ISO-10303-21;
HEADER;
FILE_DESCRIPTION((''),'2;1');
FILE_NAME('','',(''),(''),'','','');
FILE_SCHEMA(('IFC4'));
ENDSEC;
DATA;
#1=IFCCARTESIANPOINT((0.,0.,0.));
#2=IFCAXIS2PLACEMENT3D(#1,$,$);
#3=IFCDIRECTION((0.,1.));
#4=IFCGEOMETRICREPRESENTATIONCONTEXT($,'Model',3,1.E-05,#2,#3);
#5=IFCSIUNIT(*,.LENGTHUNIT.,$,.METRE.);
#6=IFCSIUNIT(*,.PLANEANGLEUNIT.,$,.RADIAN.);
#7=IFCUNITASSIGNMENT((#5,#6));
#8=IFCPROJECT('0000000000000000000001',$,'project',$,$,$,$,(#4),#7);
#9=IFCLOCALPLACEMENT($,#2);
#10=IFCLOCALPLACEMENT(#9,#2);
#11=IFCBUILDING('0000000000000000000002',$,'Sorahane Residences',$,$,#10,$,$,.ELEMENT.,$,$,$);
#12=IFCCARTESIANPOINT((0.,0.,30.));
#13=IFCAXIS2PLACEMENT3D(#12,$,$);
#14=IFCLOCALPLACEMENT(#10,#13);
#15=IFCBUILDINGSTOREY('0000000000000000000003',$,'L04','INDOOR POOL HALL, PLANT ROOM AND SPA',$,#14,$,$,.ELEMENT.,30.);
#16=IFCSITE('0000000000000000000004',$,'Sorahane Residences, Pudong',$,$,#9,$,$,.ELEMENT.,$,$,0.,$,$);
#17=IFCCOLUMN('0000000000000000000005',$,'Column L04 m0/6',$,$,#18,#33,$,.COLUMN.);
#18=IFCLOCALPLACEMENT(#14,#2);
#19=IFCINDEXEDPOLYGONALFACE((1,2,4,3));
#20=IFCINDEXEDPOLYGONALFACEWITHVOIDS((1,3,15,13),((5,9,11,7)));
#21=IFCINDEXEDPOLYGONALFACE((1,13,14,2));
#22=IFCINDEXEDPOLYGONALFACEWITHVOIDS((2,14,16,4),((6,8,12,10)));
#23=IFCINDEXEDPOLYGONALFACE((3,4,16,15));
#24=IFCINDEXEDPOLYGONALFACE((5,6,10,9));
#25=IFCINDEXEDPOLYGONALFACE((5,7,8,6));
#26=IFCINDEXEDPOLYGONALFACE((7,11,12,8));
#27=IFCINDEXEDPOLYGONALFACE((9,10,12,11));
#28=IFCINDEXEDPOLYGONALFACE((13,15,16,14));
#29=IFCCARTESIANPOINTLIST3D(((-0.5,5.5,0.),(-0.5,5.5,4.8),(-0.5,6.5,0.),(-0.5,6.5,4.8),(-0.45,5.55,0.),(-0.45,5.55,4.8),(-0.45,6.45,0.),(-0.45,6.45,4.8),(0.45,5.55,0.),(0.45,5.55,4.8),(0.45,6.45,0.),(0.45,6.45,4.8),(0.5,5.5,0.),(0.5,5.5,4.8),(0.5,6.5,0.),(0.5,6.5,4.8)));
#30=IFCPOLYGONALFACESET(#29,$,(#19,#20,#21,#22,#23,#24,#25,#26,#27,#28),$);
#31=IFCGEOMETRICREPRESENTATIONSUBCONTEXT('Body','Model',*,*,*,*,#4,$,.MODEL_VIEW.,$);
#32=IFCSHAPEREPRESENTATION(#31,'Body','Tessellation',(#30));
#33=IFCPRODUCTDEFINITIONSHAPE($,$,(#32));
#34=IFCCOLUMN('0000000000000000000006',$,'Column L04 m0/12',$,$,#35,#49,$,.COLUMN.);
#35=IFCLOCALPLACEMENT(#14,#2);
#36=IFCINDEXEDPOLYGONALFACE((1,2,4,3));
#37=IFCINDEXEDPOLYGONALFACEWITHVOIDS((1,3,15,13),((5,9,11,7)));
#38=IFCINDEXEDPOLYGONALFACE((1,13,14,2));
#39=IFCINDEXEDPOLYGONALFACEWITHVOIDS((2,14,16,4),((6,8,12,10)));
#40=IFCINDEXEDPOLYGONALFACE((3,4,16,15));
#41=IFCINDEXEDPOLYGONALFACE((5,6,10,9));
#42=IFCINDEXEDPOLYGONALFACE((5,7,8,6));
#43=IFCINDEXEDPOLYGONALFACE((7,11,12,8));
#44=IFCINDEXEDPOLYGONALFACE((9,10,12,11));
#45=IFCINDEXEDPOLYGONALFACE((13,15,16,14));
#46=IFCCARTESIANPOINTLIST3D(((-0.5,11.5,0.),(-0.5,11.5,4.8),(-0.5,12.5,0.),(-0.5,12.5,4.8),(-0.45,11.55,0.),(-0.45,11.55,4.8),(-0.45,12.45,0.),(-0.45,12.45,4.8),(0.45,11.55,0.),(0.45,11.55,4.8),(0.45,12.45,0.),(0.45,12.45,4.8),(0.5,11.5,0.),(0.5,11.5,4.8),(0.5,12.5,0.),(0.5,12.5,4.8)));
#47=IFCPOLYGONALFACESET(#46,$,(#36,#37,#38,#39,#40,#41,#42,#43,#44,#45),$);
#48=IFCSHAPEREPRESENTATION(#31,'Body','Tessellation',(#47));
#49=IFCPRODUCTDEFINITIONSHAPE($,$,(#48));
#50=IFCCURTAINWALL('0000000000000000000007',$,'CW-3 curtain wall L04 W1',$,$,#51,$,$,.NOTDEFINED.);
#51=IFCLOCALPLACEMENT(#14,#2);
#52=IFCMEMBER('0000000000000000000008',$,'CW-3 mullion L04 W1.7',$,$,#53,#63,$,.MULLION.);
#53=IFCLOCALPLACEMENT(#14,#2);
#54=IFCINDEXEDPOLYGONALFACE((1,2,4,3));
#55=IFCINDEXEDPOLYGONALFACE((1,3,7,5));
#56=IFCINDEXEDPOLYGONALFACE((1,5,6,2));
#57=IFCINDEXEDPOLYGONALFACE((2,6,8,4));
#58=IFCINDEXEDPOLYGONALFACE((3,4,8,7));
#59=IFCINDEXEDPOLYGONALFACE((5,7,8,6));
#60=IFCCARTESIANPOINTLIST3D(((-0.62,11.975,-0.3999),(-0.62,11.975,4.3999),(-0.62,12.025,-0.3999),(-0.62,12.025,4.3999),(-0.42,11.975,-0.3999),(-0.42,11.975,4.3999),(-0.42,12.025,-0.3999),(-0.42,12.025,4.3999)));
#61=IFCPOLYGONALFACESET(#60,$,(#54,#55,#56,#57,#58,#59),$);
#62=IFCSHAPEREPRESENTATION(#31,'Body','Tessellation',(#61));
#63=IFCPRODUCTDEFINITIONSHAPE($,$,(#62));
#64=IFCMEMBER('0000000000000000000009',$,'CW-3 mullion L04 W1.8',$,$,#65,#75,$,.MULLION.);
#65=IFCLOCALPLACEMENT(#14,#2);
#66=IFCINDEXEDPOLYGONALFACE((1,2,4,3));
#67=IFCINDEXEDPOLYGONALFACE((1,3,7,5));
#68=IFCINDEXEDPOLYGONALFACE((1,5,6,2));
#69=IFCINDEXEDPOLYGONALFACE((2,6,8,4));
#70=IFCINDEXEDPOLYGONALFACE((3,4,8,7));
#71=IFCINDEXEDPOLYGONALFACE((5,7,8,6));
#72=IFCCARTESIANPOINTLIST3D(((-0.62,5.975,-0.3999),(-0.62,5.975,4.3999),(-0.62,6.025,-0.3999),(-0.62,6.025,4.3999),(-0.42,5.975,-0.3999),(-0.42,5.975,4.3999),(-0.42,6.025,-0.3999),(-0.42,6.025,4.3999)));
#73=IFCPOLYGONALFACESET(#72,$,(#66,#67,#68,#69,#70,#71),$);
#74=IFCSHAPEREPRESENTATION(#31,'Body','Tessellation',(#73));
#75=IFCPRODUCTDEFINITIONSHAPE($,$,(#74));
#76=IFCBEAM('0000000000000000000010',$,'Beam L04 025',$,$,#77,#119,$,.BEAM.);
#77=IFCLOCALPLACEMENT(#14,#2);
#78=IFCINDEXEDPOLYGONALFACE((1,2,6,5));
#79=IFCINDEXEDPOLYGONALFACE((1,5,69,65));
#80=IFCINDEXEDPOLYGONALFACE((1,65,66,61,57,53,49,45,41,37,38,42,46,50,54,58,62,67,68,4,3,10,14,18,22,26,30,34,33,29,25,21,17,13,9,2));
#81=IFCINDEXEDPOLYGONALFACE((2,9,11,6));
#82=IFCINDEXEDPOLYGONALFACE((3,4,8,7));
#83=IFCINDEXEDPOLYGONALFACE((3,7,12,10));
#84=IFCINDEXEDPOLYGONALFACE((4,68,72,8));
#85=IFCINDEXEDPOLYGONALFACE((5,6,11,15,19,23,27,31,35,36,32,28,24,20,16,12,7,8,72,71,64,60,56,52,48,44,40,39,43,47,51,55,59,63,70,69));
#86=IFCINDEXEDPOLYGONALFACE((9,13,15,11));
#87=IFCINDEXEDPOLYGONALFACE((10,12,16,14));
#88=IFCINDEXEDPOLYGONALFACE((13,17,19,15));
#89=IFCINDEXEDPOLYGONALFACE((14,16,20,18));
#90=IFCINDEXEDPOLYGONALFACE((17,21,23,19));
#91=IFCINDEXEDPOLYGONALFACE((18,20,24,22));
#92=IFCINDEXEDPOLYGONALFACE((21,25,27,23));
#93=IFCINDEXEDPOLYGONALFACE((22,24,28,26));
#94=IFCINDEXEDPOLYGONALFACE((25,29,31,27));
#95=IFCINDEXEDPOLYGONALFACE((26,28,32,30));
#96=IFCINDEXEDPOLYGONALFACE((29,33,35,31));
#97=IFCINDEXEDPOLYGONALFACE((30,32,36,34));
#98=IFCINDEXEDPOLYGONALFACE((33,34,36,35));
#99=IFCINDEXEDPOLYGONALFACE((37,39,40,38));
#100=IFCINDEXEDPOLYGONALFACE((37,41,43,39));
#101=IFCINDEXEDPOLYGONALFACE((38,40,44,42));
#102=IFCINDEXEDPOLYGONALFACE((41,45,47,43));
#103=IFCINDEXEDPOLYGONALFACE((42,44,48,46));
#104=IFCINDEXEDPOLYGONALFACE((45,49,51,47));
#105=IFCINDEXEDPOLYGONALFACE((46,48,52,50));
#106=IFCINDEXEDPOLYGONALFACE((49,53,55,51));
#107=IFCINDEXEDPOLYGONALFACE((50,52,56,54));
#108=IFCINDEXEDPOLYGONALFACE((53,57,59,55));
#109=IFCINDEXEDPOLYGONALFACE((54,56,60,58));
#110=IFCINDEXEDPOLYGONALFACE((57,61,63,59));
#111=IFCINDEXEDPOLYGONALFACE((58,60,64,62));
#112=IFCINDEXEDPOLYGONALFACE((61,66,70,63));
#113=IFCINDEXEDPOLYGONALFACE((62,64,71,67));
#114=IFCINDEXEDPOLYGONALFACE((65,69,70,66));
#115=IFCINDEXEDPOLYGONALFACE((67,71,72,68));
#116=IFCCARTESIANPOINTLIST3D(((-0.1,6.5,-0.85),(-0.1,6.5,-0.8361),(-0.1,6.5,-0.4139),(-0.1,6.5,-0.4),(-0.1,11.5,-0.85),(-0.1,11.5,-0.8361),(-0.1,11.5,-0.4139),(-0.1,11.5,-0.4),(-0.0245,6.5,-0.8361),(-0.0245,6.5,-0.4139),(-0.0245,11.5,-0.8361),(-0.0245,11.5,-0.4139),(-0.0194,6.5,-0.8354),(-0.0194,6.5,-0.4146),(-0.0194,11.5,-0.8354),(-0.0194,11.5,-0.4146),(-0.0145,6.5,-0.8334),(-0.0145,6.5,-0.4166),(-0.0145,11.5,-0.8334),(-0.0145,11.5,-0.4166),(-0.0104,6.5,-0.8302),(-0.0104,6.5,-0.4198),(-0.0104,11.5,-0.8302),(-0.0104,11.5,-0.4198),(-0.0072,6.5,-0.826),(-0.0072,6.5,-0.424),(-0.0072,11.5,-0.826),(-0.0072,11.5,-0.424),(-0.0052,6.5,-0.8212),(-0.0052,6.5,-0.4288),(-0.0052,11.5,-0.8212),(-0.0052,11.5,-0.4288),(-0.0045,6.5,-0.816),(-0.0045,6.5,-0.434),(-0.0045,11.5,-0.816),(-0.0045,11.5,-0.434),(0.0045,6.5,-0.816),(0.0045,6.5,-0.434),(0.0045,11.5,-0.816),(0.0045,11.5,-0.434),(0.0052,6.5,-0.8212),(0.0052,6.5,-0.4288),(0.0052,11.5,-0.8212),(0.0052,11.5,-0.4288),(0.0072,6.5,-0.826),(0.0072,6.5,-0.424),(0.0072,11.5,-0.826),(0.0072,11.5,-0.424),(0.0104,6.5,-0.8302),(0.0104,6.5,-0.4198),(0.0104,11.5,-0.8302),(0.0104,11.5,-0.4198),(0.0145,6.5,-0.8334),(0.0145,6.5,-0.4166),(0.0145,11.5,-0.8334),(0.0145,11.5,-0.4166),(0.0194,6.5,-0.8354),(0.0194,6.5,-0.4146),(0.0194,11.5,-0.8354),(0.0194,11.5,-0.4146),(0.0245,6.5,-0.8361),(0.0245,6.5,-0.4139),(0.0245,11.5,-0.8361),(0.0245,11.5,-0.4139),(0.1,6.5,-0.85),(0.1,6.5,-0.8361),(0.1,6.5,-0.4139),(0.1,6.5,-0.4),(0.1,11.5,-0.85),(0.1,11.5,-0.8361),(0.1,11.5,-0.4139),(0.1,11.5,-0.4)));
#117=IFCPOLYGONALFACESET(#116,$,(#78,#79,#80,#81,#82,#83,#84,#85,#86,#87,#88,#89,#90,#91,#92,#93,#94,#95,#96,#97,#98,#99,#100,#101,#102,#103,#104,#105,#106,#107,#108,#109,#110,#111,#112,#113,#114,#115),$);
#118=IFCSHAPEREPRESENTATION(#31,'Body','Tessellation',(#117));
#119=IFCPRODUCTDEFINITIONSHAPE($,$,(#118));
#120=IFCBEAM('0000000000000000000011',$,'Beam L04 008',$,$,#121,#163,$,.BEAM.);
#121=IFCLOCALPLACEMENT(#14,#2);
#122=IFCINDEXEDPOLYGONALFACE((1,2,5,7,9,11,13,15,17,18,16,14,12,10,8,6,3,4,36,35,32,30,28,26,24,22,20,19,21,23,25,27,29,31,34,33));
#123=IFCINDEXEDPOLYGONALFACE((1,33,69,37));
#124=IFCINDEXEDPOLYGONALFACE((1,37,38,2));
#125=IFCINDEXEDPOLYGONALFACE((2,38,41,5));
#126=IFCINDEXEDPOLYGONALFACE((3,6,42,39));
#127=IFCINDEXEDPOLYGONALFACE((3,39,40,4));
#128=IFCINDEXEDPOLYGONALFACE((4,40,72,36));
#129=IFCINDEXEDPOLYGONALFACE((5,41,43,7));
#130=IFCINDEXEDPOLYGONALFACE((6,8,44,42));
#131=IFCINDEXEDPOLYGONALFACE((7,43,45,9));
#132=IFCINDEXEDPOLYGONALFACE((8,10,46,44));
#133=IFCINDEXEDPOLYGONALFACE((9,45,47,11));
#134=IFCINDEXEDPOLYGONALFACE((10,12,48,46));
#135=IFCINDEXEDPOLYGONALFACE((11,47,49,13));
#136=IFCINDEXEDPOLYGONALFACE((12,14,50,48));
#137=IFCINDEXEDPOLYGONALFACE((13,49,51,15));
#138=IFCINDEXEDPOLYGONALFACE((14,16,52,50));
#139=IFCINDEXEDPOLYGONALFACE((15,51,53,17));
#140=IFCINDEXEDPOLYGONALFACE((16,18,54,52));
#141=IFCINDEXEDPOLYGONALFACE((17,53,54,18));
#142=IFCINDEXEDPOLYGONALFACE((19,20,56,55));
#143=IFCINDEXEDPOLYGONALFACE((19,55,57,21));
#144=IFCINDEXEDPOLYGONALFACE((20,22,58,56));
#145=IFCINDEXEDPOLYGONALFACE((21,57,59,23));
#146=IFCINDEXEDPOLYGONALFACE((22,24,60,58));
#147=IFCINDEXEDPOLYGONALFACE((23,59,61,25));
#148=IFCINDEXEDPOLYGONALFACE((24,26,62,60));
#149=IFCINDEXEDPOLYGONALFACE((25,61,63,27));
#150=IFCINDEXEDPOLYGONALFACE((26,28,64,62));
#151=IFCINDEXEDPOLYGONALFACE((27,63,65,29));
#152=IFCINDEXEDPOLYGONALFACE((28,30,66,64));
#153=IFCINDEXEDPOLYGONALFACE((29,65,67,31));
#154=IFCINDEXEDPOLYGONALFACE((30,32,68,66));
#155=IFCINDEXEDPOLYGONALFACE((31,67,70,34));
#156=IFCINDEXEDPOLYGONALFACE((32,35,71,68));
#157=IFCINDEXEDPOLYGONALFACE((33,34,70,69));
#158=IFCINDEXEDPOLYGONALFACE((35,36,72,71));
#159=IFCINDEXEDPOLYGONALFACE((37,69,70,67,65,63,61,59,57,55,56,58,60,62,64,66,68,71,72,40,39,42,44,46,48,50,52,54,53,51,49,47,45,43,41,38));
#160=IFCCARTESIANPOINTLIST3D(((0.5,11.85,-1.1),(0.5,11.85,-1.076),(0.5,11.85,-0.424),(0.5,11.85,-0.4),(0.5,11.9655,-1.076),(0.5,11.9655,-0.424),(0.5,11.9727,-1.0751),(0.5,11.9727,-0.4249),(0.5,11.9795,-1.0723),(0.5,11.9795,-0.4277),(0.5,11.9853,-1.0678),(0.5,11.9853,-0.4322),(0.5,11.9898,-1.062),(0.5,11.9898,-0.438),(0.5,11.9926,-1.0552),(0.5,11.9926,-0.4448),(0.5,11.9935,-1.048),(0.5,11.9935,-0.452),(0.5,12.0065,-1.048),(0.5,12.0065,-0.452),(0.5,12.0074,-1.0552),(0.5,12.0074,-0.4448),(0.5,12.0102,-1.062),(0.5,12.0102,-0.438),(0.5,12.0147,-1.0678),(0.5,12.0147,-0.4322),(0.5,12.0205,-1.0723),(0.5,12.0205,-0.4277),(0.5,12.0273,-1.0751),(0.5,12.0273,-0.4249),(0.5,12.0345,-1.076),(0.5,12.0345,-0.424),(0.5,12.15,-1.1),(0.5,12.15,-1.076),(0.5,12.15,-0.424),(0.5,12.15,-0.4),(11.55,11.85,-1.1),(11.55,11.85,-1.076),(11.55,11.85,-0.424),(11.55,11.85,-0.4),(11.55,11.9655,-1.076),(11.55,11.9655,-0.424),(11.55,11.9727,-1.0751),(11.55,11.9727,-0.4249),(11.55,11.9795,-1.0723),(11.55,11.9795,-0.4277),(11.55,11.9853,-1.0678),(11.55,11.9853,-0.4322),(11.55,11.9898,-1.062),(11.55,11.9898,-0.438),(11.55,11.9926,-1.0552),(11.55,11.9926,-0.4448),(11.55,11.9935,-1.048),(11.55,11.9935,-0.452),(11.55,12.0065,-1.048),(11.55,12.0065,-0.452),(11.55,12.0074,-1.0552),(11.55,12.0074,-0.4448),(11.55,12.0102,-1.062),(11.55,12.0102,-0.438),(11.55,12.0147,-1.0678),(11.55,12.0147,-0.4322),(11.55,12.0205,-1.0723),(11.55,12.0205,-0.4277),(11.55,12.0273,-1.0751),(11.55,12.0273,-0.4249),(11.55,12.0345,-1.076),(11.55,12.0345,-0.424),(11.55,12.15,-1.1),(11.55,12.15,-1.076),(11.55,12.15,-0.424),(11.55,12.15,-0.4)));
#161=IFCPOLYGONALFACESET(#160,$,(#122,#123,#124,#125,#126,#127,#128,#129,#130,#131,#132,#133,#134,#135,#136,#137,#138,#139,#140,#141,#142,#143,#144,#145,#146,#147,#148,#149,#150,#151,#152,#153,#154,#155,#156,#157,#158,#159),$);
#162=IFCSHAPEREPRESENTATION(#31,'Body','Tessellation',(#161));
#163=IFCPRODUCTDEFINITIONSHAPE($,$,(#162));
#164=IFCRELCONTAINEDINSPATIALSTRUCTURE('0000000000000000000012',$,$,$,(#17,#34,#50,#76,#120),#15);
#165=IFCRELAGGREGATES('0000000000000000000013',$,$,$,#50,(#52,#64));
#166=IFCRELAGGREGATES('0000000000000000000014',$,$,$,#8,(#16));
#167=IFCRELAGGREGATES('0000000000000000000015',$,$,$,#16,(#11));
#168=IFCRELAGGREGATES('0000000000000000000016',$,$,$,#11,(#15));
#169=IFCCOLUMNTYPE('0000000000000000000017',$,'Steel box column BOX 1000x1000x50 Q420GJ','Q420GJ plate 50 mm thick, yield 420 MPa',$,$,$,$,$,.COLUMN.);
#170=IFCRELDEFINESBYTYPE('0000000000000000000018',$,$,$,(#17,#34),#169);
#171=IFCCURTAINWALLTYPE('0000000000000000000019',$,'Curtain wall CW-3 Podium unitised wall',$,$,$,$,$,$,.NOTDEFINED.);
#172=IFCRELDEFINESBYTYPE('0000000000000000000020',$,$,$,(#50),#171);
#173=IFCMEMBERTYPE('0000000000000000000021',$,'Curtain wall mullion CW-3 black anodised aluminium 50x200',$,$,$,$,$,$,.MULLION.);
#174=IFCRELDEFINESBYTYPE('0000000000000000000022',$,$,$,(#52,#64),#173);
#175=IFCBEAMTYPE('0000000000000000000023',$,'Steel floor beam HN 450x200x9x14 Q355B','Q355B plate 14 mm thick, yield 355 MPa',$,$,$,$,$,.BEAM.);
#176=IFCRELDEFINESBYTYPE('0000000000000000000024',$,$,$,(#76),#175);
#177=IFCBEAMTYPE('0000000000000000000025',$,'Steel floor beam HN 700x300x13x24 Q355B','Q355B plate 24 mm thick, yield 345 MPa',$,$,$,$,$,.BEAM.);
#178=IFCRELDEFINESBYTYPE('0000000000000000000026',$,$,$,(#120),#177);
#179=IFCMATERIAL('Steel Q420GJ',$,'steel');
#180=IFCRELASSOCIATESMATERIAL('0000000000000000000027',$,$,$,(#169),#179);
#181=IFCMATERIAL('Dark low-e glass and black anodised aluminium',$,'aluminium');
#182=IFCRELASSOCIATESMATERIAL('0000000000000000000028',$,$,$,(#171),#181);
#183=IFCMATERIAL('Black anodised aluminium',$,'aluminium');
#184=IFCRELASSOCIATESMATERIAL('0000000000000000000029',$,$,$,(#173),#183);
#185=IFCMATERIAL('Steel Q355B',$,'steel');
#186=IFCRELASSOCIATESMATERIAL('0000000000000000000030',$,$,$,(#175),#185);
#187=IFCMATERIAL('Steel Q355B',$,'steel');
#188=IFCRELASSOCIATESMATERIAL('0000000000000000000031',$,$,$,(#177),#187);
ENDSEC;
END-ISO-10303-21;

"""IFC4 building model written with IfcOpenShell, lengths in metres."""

from ifc_helpers import new_model, si_unit, direction, frame, origin, origin_2d, place, context, subcontext, project, spatial, rectangle, hollow_rectangle, i_section, extrude, material, material_profile, profile_set, type_object, element, aggregate, save


model = new_model("IFC4")

# Units and contexts
model_context = context("Model", 3, precision=1e-05, world=origin(), true_north=direction((0.0, 1.0)))
body_context = subcontext(model_context, "Body", "Model", "MODEL_VIEW")
ifc_project = project(units=[si_unit("LENGTHUNIT", "METRE"), si_unit("PLANEANGLEUNIT", "RADIAN")], contexts=[model_context])

# Site, building, storey
site_placement = place(None, origin())
site = spatial("IfcSite", under=ifc_project, at=site_placement, Name="Sorahane Residences, Pudong", CompositionType="ELEMENT", RefElevation=0.0)
building_placement = place(site_placement, origin())
building = spatial("IfcBuilding", under=site, at=building_placement, Name="Sorahane Residences", CompositionType="ELEMENT")
storey_placement = place(building_placement, frame((0.0, 0.0, 30.0)))
storey = spatial("IfcBuildingStorey", under=building, at=storey_placement, Name="L04", Description="INDOOR POOL HALL, PLANT ROOM AND SPA", CompositionType="ELEMENT", Elevation=30.0)

# Columns
ifc_material_1 = material(Name="Steel Q420GJ", Category="steel")
ifc_material_profile_1 = material_profile(ifc_material_1, hollow_rectangle(XDim=1.0, YDim=1.0, WallThickness=0.05, at=origin_2d()), Name="BOX 1000x1000x50")
ifc_profile_set_1 = profile_set([ifc_material_profile_1], Name="Steel Q420GJ")
column_type = type_object("IfcColumnType", Name="Steel box column BOX 1000x1000x50 Q420GJ", Description="Q420GJ plate 50 mm thick, yield 420 MPa", PredefinedType="COLUMN", material=ifc_profile_set_1)
for number, where, z_axis, x_axis, name in (
    (1, (0.0, 6.0, 0.0), (0.0, 0.0, 1.0), (1.0, 0.0, 0.0), "Column L04 m0/6"),
    (2, (0.0, 12.0, 0.0), (0.0, 0.0, 1.0), (1.0, 0.0, 0.0), "Column L04 m0/12"),
):
    element("IfcColumn", number, at=place(storey_placement, frame(where, z_axis=z_axis, x_axis=x_axis)), inside=storey, type_object=column_type, Name=name, PredefinedType="COLUMN", context=body_context, shape_type="SweptSolid", body=[
        extrude(hollow_rectangle(XDim=1.0, YDim=1.0, WallThickness=0.05, at=origin_2d()), origin(), (0.0, 0.0, 1.0), 4.8),
    ])

# Curtain wall, members
ifc_material_2 = material(Name="Dark low-e glass and black anodised aluminium", Category="aluminium")
curtain_wall_type = type_object("IfcCurtainWallType", Name="Curtain wall CW-3 Podium unitised wall", PredefinedType="NOTDEFINED", material=ifc_material_2)
curtain_wall_placement = place(storey_placement, origin())
curtain_wall = element("IfcCurtainWall", 3, at=curtain_wall_placement, inside=storey, type_object=curtain_wall_type, Name="CW-3 curtain wall L04 W1", PredefinedType="NOTDEFINED")
ifc_material_3 = material(Name="Black anodised aluminium", Category="aluminium")
ifc_material_profile_2 = material_profile(ifc_material_3, rectangle(XDim=0.2, YDim=0.05, at=origin_2d()), Name="Curtain wall mullion CW-3 black anodised aluminium 50x200")
ifc_profile_set_2 = profile_set([ifc_material_profile_2], Name="Black anodised aluminium")
member_type = type_object("IfcMemberType", Name="Curtain wall mullion CW-3 black anodised aluminium 50x200", PredefinedType="MULLION", material=ifc_profile_set_2)
member_1_placement = place(storey_placement, frame((-0.52, 12.0, -0.3999), z_axis=(0.0, 0.0, 1.0), x_axis=(-1.0, 0.0, 0.0)))
member_1 = element("IfcMember", 4, at=member_1_placement, type_object=member_type, Name="CW-3 mullion L04 W1.7", PredefinedType="MULLION", context=body_context, shape_type="SweptSolid", body=[
    extrude(rectangle(XDim=0.2, YDim=0.05, at=origin_2d()), origin(), (0.0, 0.0, 1.0), 4.7998),
])
member_2_placement = place(storey_placement, frame((-0.52, 6.0, -0.3999), z_axis=(0.0, 0.0, 1.0), x_axis=(-1.0, 0.0, 0.0)))
member_2 = element("IfcMember", 5, at=member_2_placement, type_object=member_type, Name="CW-3 mullion L04 W1.8", PredefinedType="MULLION", context=body_context, shape_type="SweptSolid", body=[
    extrude(rectangle(XDim=0.2, YDim=0.05, at=origin_2d()), origin(), (0.0, 0.0, 1.0), 4.7998),
])

# Beams
ifc_material_4 = material(Name="Steel Q355B", Category="steel")
ifc_material_profile_3 = material_profile(ifc_material_4, i_section(OverallWidth=0.2, OverallDepth=0.45, WebThickness=0.009, FlangeThickness=0.0139, FilletRadius=0.02, at=origin_2d()), Name="HN 450x200x9x14")
ifc_profile_set_3 = profile_set([ifc_material_profile_3], Name="Steel Q355B")
beam_type_1 = type_object("IfcBeamType", Name="Steel floor beam HN 450x200x9x14 Q355B", Description="Q355B plate 14 mm thick, yield 355 MPa", PredefinedType="BEAM", material=ifc_profile_set_3)
beam_1_placement = place(storey_placement, frame((0.0, 6.5, -0.625), z_axis=(0.0, 1.0, 0.0), x_axis=(-1.0, 0.0, 0.0)))
element("IfcBeam", 6, at=beam_1_placement, inside=storey, type_object=beam_type_1, Name="Beam L04 025", PredefinedType="BEAM", context=body_context, shape_type="SweptSolid", body=[
    extrude(i_section(OverallWidth=0.2, OverallDepth=0.45, WebThickness=0.009, FlangeThickness=0.0139, FilletRadius=0.02, at=origin_2d()), origin(), (0.0, 0.0, 1.0), 5.0),
])
ifc_material_5 = material(Name="Steel Q355B", Category="steel")
ifc_material_profile_4 = material_profile(ifc_material_5, i_section(OverallWidth=0.3, OverallDepth=0.7, WebThickness=0.0129, FlangeThickness=0.0239, FilletRadius=0.0281, at=origin_2d()), Name="HN 700x300x13x24")
ifc_profile_set_4 = profile_set([ifc_material_profile_4], Name="Steel Q355B")
beam_type_2 = type_object("IfcBeamType", Name="Steel floor beam HN 700x300x13x24 Q355B", Description="Q355B plate 24 mm thick, yield 345 MPa", PredefinedType="BEAM", material=ifc_profile_set_4)
beam_2_placement = place(storey_placement, frame((0.5, 12.0, -0.75), z_axis=(1.0, 0.0, 0.0), x_axis=(0.0, 1.0, 0.0)))
element("IfcBeam", 7, at=beam_2_placement, inside=storey, type_object=beam_type_2, Name="Beam L04 008", PredefinedType="BEAM", context=body_context, shape_type="SweptSolid", body=[
    extrude(i_section(OverallWidth=0.3, OverallDepth=0.7, WebThickness=0.0129, FlangeThickness=0.0239, FilletRadius=0.0281, at=origin_2d()), origin(), (0.0, 0.0, 1.0), 11.05),
])

aggregate(curtain_wall, [member_1, member_2])

save(model, "model.ifc")
